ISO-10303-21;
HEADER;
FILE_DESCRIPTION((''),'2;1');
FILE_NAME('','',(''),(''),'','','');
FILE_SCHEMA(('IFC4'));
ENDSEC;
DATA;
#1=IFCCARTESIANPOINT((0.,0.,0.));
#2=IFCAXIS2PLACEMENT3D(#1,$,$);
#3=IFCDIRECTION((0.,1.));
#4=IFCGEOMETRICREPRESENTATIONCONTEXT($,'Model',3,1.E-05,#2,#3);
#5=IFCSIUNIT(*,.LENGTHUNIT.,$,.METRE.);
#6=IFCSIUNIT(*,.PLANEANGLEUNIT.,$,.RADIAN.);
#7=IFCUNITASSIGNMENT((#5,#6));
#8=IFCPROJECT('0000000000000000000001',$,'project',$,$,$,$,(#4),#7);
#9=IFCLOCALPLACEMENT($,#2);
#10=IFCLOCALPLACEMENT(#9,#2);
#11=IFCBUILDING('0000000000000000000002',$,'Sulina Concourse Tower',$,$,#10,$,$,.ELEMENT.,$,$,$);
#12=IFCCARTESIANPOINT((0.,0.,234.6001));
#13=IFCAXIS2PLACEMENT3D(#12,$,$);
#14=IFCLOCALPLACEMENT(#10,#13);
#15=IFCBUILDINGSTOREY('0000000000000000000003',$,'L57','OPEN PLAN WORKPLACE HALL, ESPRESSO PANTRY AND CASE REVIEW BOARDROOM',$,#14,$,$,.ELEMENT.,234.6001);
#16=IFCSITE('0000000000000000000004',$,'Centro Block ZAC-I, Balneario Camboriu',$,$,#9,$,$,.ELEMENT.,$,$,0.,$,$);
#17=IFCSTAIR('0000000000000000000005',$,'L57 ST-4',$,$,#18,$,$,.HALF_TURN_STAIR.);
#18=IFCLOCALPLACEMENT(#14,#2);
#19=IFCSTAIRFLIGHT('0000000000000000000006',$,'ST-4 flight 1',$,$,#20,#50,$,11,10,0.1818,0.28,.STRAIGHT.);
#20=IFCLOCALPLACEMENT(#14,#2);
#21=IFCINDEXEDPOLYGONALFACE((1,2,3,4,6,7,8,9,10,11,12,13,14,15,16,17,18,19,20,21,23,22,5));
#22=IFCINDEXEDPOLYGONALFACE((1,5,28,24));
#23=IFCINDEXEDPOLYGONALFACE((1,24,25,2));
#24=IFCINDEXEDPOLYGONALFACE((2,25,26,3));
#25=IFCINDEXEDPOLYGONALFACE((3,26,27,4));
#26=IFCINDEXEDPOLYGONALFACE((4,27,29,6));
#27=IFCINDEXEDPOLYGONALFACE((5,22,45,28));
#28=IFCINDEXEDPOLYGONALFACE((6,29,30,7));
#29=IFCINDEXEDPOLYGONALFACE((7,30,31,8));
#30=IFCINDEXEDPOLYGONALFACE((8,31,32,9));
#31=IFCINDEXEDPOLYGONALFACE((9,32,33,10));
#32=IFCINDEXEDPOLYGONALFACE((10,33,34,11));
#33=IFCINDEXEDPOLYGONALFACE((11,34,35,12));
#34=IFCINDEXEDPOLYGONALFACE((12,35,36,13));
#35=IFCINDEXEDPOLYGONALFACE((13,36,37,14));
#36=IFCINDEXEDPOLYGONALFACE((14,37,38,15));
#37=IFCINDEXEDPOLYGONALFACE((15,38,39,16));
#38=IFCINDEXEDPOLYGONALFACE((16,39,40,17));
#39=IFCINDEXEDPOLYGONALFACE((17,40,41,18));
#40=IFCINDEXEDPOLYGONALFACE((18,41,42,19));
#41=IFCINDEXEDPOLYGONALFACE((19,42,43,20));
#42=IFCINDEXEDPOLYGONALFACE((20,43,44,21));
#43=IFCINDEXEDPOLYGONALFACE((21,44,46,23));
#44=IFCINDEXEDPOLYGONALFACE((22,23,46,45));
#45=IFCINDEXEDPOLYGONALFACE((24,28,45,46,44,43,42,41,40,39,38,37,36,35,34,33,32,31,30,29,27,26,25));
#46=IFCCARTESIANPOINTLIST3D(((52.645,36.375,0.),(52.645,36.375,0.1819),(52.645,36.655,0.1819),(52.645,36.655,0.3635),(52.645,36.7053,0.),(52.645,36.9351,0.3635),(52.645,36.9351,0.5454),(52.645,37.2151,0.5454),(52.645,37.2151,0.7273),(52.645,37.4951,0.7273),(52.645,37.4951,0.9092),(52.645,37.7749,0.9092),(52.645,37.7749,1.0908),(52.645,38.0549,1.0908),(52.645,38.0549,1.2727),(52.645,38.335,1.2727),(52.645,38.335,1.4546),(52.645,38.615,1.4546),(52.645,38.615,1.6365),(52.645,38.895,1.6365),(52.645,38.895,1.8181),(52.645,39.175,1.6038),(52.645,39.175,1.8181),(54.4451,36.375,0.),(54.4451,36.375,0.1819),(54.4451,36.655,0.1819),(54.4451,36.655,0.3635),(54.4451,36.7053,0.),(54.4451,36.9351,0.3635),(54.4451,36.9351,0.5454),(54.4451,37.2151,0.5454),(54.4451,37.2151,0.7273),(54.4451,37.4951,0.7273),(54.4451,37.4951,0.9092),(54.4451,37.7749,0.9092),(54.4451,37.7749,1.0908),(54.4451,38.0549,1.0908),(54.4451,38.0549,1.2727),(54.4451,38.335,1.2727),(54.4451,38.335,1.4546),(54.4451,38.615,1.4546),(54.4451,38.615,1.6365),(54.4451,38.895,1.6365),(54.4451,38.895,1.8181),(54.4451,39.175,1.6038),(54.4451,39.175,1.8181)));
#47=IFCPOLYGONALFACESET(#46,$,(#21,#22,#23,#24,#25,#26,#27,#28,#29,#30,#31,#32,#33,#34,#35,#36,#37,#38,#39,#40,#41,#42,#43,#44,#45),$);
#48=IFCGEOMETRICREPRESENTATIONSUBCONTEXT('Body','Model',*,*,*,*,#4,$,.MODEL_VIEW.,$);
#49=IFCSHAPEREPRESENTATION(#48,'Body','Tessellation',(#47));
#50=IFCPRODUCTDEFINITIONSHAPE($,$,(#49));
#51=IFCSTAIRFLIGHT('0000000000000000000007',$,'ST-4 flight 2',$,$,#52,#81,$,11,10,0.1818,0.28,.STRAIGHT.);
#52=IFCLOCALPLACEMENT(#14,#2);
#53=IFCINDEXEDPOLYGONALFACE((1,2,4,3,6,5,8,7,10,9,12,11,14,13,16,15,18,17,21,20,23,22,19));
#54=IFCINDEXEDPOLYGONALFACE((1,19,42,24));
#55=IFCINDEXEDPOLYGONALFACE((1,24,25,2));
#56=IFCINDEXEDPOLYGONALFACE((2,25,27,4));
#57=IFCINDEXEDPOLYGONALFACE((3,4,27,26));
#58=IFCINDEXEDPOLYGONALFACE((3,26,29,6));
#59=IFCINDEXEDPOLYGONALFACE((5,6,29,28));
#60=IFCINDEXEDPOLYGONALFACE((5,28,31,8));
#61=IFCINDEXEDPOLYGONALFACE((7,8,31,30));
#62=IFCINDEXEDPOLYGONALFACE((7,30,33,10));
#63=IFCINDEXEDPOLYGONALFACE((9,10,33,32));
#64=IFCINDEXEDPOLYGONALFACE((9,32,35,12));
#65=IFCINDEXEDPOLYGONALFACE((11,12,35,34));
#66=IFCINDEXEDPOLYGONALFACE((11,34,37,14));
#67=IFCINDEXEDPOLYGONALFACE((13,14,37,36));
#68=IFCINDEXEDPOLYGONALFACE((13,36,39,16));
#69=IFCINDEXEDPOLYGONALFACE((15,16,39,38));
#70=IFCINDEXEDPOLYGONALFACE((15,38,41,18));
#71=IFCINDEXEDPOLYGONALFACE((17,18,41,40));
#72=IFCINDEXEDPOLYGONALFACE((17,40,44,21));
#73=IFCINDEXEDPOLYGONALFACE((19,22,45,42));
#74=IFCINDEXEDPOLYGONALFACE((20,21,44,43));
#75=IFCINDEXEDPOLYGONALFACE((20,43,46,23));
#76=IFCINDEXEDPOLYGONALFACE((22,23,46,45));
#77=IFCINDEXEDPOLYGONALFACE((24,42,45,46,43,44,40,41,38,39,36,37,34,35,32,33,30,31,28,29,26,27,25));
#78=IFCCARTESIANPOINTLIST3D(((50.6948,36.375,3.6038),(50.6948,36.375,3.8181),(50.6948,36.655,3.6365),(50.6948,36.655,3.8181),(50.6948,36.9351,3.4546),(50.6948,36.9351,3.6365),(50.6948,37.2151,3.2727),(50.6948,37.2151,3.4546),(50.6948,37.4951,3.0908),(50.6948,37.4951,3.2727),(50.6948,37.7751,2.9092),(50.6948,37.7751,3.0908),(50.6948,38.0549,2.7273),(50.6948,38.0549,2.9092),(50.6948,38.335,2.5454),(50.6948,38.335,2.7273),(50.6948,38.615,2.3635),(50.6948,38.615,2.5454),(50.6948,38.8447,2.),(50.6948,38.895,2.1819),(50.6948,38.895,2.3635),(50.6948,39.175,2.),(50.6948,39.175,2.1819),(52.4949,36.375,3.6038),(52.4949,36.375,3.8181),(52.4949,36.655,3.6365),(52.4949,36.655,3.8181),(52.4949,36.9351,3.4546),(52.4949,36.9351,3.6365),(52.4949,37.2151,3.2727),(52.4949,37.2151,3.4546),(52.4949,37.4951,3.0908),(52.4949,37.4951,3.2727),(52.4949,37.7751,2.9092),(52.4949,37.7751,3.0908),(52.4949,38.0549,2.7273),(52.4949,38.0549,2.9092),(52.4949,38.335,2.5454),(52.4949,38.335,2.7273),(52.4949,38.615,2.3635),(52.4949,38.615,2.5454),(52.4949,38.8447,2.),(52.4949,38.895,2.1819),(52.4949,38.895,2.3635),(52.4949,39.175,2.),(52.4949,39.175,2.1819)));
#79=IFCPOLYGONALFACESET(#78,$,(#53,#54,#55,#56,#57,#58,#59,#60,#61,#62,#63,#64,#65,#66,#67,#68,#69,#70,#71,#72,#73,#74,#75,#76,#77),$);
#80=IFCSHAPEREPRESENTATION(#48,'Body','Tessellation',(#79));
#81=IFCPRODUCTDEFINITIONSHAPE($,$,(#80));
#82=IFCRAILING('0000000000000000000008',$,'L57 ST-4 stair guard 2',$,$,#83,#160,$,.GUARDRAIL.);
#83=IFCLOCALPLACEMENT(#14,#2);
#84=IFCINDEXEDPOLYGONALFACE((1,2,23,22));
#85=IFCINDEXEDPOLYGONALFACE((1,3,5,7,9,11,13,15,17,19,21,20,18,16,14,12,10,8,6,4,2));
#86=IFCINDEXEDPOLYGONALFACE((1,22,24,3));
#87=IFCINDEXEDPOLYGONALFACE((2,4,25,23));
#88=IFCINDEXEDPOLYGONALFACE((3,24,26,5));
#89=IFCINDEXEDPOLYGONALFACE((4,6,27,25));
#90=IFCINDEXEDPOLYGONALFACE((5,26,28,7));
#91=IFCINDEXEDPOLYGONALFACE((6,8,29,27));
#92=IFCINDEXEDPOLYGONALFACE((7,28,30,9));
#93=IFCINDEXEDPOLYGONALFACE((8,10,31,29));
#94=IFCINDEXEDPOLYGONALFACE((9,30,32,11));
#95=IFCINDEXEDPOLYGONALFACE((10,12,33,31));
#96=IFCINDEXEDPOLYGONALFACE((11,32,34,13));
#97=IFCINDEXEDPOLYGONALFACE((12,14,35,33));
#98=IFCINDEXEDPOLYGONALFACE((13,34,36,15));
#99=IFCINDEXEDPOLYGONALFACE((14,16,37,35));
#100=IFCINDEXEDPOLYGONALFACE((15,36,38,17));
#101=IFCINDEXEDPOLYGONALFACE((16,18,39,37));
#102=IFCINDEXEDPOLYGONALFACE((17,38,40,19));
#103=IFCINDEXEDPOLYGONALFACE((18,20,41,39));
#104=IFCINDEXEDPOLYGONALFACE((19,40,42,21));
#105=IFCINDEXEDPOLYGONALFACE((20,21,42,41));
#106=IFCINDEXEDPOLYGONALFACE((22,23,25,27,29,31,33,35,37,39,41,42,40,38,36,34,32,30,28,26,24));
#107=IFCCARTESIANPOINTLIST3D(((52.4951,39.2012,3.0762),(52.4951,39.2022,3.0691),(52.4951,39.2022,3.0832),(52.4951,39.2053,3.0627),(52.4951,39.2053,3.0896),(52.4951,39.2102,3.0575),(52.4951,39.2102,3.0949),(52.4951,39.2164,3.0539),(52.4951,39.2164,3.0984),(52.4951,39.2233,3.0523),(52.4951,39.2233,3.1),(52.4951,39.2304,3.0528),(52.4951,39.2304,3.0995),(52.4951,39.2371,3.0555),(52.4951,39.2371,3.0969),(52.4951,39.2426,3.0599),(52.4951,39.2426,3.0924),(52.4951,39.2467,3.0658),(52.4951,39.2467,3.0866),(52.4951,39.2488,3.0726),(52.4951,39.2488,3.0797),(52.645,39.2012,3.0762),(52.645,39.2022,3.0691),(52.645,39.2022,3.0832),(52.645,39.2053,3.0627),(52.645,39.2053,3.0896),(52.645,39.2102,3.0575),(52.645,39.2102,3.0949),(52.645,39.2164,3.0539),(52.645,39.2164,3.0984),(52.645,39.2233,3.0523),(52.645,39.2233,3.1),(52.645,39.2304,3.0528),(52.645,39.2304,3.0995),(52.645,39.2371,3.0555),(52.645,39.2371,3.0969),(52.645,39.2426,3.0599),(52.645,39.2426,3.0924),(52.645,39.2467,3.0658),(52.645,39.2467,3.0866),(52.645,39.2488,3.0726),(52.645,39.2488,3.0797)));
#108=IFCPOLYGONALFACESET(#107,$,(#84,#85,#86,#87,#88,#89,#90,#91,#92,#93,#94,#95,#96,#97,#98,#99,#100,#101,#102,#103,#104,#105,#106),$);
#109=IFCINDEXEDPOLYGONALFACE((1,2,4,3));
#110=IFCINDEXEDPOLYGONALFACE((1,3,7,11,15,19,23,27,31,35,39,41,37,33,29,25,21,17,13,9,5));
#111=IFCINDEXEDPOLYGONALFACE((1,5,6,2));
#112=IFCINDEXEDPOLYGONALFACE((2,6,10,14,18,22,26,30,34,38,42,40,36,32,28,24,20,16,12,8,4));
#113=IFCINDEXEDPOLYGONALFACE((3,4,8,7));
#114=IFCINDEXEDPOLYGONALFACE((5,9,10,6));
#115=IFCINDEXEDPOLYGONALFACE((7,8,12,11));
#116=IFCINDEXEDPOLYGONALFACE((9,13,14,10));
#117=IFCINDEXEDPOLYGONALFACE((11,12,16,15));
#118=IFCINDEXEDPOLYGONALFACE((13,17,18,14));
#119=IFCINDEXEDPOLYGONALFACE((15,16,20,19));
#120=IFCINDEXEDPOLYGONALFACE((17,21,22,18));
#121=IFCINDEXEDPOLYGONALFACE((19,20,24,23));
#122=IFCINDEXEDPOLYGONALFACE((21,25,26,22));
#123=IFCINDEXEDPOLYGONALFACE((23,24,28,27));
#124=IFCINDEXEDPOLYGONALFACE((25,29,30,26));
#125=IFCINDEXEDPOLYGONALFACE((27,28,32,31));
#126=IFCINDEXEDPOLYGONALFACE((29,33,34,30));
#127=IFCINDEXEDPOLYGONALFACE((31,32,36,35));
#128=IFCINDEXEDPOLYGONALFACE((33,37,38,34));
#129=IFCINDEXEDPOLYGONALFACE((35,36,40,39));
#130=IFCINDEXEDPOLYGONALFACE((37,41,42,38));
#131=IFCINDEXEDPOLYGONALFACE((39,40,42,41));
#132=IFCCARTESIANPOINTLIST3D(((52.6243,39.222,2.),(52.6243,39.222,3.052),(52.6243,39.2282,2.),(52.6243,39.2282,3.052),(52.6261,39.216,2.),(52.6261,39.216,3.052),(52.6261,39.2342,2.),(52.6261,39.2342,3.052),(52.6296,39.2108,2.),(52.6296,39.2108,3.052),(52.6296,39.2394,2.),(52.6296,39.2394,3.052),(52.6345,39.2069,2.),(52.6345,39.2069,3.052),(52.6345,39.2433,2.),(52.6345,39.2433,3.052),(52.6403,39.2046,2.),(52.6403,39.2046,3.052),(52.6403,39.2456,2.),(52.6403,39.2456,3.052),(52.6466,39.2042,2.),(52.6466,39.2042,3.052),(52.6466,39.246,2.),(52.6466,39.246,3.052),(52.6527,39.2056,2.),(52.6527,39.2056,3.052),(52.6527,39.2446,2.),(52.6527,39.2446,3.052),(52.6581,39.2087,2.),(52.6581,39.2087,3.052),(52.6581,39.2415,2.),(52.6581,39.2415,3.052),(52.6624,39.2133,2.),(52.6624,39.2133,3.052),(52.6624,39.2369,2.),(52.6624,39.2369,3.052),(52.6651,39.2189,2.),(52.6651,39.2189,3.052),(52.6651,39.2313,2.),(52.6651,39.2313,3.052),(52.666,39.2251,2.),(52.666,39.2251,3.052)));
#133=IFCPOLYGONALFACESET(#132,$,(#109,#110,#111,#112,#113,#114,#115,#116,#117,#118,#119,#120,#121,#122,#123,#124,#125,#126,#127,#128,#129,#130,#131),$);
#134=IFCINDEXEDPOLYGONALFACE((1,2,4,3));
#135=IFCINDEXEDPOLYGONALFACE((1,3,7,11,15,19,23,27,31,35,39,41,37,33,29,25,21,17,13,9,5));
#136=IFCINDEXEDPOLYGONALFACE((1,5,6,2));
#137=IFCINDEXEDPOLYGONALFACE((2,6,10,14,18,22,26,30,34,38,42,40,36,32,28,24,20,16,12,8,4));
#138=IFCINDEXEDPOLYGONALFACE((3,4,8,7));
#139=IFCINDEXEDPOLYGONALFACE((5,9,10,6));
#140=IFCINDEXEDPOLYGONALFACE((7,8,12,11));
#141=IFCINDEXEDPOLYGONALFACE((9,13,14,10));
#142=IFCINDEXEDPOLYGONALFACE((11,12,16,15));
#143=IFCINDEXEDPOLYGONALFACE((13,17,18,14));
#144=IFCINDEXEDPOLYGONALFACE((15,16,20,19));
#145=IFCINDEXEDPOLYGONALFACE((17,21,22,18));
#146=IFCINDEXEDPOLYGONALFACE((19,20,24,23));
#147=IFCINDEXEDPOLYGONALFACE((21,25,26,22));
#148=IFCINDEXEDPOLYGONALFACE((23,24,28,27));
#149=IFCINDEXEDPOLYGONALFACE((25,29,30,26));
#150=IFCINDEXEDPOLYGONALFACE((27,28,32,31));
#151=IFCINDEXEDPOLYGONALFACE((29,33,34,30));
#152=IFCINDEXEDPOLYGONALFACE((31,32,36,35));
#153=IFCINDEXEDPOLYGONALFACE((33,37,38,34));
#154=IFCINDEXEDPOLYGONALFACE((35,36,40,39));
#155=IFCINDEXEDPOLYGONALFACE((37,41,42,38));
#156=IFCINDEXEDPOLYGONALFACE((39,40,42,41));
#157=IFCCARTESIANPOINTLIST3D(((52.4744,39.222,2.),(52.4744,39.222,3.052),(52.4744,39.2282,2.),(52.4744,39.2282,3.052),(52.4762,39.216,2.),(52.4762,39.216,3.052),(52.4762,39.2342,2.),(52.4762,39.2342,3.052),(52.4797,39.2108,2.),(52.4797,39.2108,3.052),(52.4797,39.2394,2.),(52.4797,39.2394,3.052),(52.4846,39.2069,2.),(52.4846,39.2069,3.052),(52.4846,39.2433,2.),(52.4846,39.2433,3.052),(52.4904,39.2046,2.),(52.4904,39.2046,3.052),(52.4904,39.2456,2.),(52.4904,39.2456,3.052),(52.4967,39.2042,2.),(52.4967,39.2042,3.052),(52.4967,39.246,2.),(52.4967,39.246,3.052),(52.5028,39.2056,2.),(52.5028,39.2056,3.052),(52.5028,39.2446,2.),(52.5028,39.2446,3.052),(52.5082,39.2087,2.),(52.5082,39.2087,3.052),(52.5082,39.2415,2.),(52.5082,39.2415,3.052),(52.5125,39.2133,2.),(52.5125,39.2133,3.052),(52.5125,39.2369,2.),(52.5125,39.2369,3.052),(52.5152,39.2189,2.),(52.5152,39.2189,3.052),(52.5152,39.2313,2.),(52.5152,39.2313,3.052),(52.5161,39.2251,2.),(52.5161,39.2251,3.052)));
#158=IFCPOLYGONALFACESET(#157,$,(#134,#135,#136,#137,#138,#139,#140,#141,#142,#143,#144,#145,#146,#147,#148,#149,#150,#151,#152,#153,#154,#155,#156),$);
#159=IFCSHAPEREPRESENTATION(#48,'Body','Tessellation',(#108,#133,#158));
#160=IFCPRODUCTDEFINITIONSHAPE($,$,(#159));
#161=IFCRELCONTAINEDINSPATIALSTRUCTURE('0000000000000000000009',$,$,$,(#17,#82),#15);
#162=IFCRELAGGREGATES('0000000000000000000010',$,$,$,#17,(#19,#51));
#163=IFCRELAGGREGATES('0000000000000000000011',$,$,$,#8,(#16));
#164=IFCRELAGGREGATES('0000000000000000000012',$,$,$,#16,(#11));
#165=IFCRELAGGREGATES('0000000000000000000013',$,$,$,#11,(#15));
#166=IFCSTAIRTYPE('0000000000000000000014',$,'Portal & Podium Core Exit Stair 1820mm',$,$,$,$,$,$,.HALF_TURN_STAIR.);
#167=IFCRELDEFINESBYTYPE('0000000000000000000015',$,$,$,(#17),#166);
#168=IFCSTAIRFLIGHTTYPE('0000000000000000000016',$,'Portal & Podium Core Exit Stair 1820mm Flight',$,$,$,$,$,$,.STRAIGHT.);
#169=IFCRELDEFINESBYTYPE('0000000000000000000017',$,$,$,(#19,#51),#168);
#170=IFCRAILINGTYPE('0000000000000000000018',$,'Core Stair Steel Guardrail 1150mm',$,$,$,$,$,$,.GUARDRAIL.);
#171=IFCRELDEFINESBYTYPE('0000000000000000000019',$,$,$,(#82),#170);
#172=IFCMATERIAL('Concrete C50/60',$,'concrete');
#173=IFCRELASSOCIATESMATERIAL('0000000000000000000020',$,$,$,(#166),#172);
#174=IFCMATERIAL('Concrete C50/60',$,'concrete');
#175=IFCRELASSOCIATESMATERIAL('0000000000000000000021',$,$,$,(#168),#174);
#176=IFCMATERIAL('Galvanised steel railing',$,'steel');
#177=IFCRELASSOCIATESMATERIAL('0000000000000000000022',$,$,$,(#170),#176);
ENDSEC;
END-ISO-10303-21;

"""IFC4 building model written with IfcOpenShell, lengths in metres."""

from ifc_helpers import new_model, si_unit, direction, frame, origin, origin_2d, place, context, subcontext, project, spatial, polyline, circle, outline, extrude, material, type_object, element, aggregate, save


model = new_model("IFC4")

# Units and contexts
model_context = context("Model", 3, precision=1e-05, world=origin(), true_north=direction((0.0, 1.0)))
body_context = subcontext(model_context, "Body", "Model", "MODEL_VIEW")
ifc_project = project(units=[si_unit("LENGTHUNIT", "METRE"), si_unit("PLANEANGLEUNIT", "RADIAN")], contexts=[model_context])

# Site, building, storey
site_placement = place(None, origin())
site = spatial("IfcSite", under=ifc_project, at=site_placement, Name="Centro Block ZAC-I, Balneario Camboriu", CompositionType="ELEMENT", RefElevation=0.0)
building_placement = place(site_placement, origin())
building = spatial("IfcBuilding", under=site, at=building_placement, Name="Sulina Concourse Tower", CompositionType="ELEMENT")
storey_placement = place(building_placement, frame((0.0, 0.0, 234.6001)))
storey = spatial("IfcBuildingStorey", under=building, at=storey_placement, Name="L57", Description="OPEN PLAN WORKPLACE HALL, ESPRESSO PANTRY AND CASE REVIEW BOARDROOM", CompositionType="ELEMENT", Elevation=234.6001)

# Stair, stair flights
ifc_material_1 = material(Name="Concrete C50/60", Category="concrete")
stair_type = type_object("IfcStairType", Name="Portal & Podium Core Exit Stair 1820mm", PredefinedType="HALF_TURN_STAIR", material=ifc_material_1)
stair_placement = place(storey_placement, origin())
stair = element("IfcStair", 1, at=stair_placement, inside=storey, type_object=stair_type, Name="L57 ST-4", PredefinedType="HALF_TURN_STAIR")
ifc_material_2 = material(Name="Concrete C50/60", Category="concrete")
stair_flight_type = type_object("IfcStairFlightType", Name="Portal & Podium Core Exit Stair 1820mm Flight", PredefinedType="STRAIGHT", material=ifc_material_2)
stair_flight_1_placement = place(storey_placement, frame((53.5449, 36.375, 0.0), z_axis=(0.0, 0.0, 1.0), x_axis=(0.0, 1.0, 0.0)))
stair_flight_1 = element("IfcStairFlight", 2, at=stair_flight_1_placement, type_object=stair_flight_type, Name="ST-4 flight 1", NumberOfRisers=11, NumberOfTreads=10, PredefinedType="STRAIGHT", RiserHeight=0.1818, TreadLength=0.28, context=body_context, shape_type="SweptSolid", body=[
    extrude(outline(polyline([(0.0, 0.0), (0.0, 0.1819), (0.28, 0.1819), (0.28, 0.3635), (0.5601, 0.3635), (0.5601, 0.5454), (0.8401, 0.5454), (0.8401, 0.7273), (1.1201, 0.7273), (1.1201, 0.9092), (1.3999, 0.9092), (1.3999, 1.0908), (1.6799, 1.0908), (1.6799, 1.2727), (1.96, 1.2727), (1.96, 1.4546), (2.24, 1.4546), (2.24, 1.6365), (2.52, 1.6365), (2.52, 1.8181), (2.8, 1.8181), (2.8, 2.0), (2.8, 1.6038), (0.3303, 0.0), (0.0, 0.0)])), frame((0.0, 0.8999, 0.0), z_axis=(0.0, -1.0, 0.0), x_axis=(1.0, 0.0, 0.0)), (0.0, 0.0, 1.0), 1.8),
])
stair_flight_2_placement = place(storey_placement, frame((51.595, 39.175, 2.0), z_axis=(0.0, 0.0, 1.0), x_axis=(0.0, -1.0, 0.0)))
stair_flight_2 = element("IfcStairFlight", 3, at=stair_flight_2_placement, type_object=stair_flight_type, Name="ST-4 flight 2", NumberOfRisers=11, NumberOfTreads=10, PredefinedType="STRAIGHT", RiserHeight=0.1818, TreadLength=0.28, context=body_context, shape_type="SweptSolid", body=[
    extrude(outline(polyline([(0.0, 0.0), (0.0, 0.1819), (0.28, 0.1819), (0.28, 0.3635), (0.5601, 0.3635), (0.5601, 0.5454), (0.8401, 0.5454), (0.8401, 0.7273), (1.1201, 0.7273), (1.1201, 0.9092), (1.3999, 0.9092), (1.3999, 1.0908), (1.6799, 1.0908), (1.6799, 1.2727), (1.96, 1.2727), (1.96, 1.4546), (2.24, 1.4546), (2.24, 1.6365), (2.52, 1.6365), (2.52, 1.8181), (2.8, 1.8181), (2.8, 2.0), (2.8, 1.6038), (0.3303, 0.0), (0.0, 0.0)])), frame((0.0, 0.8999, 0.0), z_axis=(0.0, -1.0, 0.0), x_axis=(1.0, 0.0, 0.0)), (0.0, 0.0, 1.0), 1.8),
])
aggregate(stair, [stair_flight_1, stair_flight_2])

# Railing
ifc_material_3 = material(Name="Galvanised steel railing", Category="steel")
railing_type_1 = type_object("IfcRailingType", Name="Core Stair Steel Guardrail 1150mm", PredefinedType="GUARDRAIL", material=ifc_material_3)
railing_1_placement = place(storey_placement, frame((52.645, 39.2251, 2.0)))
element("IfcRailing", 4, at=railing_1_placement, inside=storey, type_object=railing_type_1, Name="L57 ST-4 stair guard 2", PredefinedType="GUARDRAIL", context=body_context, shape_type="SweptSolid", body=[
    extrude(circle(Radius=0.0239, at=origin_2d()), frame((0.0, 0.0, 1.0762), z_axis=(-1.0, 0.0, 0.0), x_axis=(0.0, -1.0, 0.0)), (0.0, 0.0, 1.0), 0.1499),
    extrude(circle(Radius=0.021, at=origin_2d()), origin(), (0.0, 0.0, 1.0), 1.052),
    extrude(circle(Radius=0.021, at=origin_2d()), frame((-0.1499, 0.0, 0.0)), (0.0, 0.0, 1.0), 1.052),
])

save(model, "model.ifc")
